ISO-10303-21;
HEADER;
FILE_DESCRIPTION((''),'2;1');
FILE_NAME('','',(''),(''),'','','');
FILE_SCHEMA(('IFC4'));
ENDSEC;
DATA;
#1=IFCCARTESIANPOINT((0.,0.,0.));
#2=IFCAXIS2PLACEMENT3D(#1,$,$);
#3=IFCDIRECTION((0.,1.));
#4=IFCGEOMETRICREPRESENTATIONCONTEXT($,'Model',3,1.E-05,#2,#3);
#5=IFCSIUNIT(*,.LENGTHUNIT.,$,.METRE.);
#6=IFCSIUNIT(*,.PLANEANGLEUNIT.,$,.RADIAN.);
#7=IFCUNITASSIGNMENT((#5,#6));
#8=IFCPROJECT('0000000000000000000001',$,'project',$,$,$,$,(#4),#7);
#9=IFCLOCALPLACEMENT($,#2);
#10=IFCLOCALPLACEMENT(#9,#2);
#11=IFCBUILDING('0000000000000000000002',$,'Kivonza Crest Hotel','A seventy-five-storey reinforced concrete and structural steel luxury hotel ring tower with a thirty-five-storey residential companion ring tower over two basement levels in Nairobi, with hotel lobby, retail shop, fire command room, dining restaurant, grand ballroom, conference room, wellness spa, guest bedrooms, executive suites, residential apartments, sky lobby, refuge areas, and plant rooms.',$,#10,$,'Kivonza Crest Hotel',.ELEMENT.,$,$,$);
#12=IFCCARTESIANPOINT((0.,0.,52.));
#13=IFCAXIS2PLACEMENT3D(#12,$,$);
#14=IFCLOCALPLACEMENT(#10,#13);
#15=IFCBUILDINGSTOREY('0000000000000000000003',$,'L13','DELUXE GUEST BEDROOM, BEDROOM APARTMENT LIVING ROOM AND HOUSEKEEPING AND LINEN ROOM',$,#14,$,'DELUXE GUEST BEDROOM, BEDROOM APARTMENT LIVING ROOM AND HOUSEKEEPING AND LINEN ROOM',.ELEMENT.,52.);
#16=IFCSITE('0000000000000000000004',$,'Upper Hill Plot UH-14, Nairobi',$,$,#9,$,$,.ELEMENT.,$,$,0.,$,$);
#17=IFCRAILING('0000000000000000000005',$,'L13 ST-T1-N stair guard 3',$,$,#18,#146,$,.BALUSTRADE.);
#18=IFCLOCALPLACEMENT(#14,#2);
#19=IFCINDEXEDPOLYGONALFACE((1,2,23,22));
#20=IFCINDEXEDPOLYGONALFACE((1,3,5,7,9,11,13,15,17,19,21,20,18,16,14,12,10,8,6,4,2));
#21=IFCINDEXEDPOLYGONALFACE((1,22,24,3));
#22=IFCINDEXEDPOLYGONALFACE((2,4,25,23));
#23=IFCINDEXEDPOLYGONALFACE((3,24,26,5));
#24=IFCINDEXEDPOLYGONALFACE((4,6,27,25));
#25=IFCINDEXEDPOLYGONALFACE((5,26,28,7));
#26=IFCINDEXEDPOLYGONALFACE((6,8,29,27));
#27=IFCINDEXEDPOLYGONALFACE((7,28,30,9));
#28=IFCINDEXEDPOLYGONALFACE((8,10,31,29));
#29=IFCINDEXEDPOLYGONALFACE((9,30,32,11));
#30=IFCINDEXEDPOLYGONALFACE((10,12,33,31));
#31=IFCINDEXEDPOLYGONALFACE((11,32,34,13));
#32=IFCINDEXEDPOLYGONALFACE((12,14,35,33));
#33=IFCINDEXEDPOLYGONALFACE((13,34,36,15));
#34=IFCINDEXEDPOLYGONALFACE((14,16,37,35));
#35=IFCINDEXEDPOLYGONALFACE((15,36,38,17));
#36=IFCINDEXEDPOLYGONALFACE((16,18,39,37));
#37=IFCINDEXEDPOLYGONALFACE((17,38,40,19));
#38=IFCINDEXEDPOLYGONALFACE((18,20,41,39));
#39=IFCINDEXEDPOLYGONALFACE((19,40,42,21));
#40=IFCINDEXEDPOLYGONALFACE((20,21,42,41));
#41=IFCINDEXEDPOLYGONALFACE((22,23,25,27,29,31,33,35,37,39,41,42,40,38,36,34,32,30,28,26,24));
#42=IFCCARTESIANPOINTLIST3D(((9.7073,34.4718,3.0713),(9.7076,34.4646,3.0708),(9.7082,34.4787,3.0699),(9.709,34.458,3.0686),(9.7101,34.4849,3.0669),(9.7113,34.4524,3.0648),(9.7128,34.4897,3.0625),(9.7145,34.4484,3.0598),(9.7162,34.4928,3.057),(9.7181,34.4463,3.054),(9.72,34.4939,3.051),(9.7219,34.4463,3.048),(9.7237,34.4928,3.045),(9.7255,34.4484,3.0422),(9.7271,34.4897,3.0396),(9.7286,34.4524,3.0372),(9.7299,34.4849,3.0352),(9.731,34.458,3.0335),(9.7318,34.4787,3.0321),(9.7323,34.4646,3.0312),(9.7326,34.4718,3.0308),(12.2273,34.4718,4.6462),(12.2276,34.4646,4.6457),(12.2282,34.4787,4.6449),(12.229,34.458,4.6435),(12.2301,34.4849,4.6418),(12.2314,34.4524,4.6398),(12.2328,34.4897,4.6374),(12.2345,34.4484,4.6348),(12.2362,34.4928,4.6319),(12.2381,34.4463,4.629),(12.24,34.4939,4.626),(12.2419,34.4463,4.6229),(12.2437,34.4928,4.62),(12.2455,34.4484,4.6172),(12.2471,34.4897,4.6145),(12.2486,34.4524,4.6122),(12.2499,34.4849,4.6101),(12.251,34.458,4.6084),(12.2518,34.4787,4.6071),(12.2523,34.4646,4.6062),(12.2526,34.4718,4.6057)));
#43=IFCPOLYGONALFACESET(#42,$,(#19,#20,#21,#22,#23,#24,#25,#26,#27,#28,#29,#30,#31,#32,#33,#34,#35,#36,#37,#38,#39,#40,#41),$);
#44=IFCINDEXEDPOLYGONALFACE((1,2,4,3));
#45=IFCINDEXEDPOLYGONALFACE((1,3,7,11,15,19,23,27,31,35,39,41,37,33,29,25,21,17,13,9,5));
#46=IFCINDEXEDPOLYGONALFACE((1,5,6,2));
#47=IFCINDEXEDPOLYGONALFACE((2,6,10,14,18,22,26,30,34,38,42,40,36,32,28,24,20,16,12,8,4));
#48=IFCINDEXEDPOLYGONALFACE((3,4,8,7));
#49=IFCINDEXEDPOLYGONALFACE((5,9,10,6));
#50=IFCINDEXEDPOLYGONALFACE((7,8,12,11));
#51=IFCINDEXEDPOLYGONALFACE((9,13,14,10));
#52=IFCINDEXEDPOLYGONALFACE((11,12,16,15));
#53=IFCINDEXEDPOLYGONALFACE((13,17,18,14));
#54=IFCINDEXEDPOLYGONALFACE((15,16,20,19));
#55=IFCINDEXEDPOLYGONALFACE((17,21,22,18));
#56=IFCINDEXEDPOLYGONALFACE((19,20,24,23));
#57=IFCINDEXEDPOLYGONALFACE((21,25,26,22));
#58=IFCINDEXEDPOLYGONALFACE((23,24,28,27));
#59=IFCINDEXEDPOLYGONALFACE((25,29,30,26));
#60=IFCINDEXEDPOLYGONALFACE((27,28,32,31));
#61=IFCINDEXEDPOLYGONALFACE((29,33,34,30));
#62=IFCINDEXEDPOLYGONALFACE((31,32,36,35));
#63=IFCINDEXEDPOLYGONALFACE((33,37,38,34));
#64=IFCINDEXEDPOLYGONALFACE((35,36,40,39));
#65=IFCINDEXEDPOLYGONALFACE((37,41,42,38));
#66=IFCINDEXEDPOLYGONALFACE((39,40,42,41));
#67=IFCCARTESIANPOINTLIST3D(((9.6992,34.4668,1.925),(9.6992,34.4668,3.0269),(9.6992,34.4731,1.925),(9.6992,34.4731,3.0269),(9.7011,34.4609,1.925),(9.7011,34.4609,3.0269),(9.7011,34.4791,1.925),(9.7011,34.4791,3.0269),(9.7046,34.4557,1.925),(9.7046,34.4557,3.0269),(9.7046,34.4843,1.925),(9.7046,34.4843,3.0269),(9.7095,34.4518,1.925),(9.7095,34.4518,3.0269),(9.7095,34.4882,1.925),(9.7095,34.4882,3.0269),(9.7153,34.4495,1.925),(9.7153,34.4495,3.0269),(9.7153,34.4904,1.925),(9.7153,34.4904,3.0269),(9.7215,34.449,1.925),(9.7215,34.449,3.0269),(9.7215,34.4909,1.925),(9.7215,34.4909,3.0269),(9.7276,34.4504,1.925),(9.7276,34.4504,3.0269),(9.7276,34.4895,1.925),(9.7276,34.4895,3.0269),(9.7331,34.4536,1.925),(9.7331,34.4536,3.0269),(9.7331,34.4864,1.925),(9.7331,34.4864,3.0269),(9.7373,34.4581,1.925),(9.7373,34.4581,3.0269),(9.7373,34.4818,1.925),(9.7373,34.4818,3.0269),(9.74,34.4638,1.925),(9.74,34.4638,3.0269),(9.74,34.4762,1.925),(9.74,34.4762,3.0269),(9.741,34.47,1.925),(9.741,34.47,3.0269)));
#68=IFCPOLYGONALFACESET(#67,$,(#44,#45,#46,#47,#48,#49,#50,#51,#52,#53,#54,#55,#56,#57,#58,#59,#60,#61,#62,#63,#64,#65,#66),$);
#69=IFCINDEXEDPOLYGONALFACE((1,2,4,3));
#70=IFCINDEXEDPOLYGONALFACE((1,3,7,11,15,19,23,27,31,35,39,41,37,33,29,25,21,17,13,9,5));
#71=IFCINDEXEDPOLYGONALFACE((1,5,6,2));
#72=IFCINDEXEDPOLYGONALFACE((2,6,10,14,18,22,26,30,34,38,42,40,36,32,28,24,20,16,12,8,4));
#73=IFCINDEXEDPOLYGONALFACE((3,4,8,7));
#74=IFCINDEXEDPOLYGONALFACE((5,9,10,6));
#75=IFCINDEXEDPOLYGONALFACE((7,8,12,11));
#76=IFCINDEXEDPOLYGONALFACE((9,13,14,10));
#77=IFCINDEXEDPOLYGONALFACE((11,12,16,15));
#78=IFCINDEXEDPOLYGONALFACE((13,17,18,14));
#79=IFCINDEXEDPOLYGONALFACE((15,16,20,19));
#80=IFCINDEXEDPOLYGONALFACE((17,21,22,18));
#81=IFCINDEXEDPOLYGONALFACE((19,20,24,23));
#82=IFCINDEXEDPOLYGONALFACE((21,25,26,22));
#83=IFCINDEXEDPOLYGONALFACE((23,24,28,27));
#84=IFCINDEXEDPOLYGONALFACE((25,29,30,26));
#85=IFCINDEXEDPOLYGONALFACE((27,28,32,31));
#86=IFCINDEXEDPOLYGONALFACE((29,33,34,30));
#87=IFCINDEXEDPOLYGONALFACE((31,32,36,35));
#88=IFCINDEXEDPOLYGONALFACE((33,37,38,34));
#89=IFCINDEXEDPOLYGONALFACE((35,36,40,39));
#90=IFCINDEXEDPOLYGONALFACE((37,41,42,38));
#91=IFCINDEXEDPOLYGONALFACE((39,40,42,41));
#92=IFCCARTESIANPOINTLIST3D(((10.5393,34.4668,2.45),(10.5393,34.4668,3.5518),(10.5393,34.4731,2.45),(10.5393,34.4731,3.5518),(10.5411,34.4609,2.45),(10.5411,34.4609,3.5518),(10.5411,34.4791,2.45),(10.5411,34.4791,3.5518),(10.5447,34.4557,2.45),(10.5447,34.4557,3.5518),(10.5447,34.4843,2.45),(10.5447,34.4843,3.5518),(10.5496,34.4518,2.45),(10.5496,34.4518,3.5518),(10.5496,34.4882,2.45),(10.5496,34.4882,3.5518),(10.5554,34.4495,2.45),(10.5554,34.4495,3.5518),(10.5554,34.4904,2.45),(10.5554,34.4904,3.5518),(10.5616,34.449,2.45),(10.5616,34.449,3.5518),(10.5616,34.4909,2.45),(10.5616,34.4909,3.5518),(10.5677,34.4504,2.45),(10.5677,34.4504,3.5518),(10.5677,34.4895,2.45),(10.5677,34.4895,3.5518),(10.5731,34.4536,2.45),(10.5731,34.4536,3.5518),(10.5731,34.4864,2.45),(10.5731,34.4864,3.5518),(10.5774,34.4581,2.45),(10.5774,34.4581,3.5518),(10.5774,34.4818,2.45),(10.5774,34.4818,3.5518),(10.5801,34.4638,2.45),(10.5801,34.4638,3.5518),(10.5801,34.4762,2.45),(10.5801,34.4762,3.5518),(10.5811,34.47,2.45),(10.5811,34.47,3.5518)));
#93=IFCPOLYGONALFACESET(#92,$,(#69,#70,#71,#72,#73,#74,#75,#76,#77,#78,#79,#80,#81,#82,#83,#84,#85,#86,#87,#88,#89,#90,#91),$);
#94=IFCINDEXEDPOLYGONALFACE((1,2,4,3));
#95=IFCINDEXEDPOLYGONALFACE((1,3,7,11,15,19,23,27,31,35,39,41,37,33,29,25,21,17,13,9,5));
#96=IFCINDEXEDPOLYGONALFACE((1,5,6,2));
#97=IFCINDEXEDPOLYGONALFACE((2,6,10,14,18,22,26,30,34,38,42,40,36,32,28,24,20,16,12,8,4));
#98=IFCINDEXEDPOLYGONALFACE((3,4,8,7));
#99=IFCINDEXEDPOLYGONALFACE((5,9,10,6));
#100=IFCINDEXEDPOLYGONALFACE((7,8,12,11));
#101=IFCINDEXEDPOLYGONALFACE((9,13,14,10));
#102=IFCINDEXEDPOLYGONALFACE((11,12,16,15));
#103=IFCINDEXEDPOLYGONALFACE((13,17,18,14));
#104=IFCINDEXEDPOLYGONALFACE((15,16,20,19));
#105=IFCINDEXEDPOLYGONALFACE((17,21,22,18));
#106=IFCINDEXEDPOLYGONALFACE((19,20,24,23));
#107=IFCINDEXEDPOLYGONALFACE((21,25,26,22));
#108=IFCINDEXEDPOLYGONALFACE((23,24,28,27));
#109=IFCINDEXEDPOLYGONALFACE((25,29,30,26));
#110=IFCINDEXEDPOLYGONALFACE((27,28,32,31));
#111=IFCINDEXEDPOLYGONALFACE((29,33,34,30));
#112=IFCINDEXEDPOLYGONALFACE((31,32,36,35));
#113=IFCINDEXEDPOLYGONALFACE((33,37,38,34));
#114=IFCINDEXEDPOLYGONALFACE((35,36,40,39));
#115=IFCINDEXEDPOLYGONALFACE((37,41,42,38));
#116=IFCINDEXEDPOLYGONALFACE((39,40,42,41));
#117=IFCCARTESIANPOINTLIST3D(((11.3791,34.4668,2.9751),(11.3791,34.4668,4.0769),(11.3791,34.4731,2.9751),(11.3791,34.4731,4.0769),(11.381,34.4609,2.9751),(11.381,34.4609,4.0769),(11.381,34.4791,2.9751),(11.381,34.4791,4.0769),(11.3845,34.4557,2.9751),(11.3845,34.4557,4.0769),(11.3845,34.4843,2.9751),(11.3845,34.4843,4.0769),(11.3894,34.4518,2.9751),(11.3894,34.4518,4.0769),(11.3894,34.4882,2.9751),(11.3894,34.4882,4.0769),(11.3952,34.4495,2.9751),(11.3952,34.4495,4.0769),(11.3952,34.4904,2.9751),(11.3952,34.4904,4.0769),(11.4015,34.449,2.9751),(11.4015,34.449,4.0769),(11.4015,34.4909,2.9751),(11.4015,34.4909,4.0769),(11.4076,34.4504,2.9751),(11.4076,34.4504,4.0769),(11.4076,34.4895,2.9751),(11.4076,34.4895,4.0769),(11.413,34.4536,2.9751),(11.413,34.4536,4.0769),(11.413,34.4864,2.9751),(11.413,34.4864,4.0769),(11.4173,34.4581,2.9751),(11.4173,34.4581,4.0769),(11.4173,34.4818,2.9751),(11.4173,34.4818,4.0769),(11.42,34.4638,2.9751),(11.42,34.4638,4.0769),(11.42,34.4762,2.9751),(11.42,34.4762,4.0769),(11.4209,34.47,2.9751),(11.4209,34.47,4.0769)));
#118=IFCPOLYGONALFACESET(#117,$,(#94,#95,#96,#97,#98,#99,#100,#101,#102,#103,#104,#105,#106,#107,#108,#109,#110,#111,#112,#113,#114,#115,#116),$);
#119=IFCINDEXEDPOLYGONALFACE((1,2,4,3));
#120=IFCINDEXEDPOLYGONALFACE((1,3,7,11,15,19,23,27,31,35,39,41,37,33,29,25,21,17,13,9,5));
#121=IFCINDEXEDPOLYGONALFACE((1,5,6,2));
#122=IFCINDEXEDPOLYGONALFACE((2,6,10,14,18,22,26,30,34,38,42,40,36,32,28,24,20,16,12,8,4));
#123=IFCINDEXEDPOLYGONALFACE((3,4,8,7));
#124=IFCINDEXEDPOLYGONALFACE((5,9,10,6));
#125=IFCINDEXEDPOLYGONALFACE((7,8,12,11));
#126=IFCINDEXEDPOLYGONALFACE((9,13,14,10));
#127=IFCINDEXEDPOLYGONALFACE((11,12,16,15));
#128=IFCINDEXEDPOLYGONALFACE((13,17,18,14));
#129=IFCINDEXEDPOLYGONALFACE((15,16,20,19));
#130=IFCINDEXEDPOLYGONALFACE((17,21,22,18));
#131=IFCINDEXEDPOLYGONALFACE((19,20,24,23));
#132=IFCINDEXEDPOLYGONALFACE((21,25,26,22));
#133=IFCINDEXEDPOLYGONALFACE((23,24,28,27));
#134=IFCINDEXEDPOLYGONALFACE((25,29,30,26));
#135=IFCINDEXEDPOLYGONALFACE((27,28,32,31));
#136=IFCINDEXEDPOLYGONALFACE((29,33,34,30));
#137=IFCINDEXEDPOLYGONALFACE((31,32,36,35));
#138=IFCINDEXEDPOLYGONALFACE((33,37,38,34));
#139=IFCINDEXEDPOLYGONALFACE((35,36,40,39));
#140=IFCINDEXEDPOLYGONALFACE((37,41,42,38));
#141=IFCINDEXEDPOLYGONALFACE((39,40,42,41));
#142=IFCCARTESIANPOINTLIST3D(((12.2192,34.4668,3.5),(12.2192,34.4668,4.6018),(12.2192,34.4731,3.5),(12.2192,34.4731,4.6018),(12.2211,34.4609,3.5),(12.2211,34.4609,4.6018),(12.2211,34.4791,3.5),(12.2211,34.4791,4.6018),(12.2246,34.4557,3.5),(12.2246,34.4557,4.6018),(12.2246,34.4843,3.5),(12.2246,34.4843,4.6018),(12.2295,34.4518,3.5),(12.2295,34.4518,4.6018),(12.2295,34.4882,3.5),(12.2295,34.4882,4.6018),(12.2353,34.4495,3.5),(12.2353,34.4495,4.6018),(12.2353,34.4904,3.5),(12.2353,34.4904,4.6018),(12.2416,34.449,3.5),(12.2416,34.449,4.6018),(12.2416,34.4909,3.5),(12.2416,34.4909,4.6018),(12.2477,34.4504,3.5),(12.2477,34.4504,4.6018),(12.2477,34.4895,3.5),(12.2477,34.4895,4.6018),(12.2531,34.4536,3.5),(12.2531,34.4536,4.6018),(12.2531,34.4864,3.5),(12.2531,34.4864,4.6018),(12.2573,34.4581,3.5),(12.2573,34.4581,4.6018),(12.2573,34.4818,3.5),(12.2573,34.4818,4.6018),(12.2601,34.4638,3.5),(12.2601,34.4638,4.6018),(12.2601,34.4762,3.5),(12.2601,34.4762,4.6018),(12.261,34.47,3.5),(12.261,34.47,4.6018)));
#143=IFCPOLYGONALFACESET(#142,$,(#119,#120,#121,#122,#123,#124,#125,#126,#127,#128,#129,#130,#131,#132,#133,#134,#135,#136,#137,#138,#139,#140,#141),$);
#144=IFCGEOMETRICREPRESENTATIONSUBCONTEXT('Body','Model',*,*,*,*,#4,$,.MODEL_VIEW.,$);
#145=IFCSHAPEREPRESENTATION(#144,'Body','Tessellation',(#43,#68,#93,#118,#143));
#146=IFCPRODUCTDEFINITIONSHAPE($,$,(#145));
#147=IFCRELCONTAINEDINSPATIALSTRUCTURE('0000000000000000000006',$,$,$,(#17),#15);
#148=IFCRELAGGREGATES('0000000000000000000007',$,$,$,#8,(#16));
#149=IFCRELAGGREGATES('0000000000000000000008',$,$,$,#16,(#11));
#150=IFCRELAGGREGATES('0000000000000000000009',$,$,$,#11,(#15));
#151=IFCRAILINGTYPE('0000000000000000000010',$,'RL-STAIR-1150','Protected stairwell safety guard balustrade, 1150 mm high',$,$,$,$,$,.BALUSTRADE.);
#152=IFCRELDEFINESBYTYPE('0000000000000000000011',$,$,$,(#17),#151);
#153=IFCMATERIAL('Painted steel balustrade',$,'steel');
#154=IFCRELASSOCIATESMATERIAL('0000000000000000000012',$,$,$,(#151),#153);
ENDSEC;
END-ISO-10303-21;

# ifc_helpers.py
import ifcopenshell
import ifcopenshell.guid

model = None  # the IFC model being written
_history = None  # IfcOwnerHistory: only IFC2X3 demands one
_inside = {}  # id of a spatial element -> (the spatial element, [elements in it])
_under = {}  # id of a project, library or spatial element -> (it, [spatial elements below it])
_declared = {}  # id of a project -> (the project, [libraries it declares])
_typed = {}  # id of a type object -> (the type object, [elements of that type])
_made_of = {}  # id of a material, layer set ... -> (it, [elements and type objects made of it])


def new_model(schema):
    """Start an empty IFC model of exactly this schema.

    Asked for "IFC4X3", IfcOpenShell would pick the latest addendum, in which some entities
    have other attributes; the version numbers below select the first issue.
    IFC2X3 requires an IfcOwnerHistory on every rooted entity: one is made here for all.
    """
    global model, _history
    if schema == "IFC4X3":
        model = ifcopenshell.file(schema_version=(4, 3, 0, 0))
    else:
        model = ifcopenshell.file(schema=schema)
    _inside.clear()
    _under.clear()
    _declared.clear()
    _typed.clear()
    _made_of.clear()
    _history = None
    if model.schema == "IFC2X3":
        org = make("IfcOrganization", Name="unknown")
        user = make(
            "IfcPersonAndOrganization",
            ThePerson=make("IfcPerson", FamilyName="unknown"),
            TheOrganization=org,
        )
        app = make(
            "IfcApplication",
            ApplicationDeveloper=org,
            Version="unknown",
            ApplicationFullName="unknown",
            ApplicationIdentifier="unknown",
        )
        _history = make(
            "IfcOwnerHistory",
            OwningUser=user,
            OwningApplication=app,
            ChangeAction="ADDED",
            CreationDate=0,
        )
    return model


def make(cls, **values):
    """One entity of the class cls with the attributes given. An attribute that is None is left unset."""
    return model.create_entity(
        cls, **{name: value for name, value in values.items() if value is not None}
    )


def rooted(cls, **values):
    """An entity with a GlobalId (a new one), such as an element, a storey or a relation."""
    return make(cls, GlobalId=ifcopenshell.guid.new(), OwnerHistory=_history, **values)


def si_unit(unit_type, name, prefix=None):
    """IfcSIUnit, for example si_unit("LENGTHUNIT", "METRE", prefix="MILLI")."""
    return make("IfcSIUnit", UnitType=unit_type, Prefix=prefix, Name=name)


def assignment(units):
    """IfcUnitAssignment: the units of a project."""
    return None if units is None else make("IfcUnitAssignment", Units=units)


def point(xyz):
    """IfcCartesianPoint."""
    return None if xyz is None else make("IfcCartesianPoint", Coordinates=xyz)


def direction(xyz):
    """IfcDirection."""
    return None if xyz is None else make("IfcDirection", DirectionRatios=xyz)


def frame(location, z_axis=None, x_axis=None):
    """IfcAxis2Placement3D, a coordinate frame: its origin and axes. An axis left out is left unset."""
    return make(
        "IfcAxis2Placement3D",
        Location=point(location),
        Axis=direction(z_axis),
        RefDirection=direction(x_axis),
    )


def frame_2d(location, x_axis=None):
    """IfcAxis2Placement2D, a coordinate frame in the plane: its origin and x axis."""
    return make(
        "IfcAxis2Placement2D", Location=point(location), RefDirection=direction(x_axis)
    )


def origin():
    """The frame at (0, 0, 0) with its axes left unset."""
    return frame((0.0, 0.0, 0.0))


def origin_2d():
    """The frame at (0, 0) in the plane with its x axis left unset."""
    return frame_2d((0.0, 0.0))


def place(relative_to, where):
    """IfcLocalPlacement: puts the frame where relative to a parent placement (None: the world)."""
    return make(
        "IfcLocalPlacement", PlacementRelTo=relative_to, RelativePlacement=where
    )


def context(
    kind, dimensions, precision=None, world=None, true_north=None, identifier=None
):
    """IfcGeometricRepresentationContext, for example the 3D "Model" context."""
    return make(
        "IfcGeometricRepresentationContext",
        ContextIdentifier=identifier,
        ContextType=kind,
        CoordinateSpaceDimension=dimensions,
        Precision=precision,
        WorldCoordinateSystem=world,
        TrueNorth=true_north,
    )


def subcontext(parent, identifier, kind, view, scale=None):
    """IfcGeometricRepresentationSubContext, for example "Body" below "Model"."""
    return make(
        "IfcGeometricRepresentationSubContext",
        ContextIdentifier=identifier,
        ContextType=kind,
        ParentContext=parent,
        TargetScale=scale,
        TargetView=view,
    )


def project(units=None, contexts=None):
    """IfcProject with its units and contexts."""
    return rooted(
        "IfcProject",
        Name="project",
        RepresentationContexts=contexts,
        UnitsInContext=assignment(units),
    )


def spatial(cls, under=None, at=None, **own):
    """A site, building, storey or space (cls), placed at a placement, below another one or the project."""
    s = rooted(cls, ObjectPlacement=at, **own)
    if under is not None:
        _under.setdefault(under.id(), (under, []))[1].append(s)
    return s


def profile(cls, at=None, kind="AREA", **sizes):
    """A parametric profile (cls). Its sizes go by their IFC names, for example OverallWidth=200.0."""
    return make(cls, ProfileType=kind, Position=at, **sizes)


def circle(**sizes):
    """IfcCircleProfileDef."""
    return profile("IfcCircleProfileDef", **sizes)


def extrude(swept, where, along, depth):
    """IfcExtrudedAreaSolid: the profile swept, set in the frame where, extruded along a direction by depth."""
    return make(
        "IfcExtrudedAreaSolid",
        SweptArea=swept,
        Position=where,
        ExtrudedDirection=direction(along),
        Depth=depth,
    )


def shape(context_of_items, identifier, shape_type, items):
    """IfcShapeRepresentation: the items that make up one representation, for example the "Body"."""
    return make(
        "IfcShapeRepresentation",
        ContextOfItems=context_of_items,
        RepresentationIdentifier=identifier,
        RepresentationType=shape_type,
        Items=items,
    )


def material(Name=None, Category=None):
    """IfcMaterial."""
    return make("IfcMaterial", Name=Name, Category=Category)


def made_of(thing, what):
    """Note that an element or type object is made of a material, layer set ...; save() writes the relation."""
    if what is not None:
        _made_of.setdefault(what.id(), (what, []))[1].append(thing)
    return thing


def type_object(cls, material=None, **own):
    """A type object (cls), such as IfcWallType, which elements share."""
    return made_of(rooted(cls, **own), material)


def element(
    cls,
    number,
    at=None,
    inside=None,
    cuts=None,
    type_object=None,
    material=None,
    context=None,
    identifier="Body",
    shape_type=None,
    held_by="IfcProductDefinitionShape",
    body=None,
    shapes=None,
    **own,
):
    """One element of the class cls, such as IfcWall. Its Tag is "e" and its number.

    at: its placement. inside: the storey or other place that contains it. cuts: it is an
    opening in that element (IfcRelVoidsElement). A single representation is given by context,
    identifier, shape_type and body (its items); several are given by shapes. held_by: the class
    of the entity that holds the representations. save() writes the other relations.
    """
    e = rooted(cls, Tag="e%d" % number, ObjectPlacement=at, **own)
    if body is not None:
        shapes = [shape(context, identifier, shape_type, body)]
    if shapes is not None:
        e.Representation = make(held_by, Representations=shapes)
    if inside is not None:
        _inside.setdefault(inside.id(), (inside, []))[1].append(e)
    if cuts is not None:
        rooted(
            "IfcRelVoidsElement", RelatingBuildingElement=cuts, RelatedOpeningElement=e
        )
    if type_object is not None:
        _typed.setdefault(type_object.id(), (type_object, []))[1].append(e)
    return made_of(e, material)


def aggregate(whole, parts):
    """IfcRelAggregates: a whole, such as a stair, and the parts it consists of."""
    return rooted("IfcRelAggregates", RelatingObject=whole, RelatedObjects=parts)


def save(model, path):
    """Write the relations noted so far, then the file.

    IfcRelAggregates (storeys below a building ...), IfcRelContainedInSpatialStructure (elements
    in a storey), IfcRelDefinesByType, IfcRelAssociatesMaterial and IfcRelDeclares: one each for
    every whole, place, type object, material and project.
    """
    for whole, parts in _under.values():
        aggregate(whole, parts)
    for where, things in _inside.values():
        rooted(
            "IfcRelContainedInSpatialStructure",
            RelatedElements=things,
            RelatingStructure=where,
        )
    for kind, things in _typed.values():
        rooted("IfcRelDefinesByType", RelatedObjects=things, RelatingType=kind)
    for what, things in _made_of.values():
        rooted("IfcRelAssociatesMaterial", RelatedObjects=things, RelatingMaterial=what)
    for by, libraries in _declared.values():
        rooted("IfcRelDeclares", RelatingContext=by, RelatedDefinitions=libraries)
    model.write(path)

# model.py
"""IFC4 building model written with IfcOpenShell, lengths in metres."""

from ifc_helpers import new_model, si_unit, direction, frame, origin, origin_2d, place, context, subcontext, project, spatial, circle, extrude, material, type_object, element, save


model = new_model("IFC4")

# Units and contexts
model_context = context("Model", 3, precision=1e-05, world=origin(), true_north=direction((0.0, 1.0)))
body_context = subcontext(model_context, "Body", "Model", "MODEL_VIEW")
ifc_project = project(units=[si_unit("LENGTHUNIT", "METRE"), si_unit("PLANEANGLEUNIT", "RADIAN")], contexts=[model_context])

# Site, building, storey
site_placement = place(None, origin())
site = spatial("IfcSite", under=ifc_project, at=site_placement, Name="Upper Hill Plot UH-14, Nairobi", CompositionType="ELEMENT", RefElevation=0.0)
building_placement = place(site_placement, origin())
building = spatial("IfcBuilding", under=site, at=building_placement, Name="Kivonza Crest Hotel", Description="A seventy-five-storey reinforced concrete and structural steel luxury hotel ring tower with a thirty-five-storey residential companion ring tower over two basement levels in Nairobi, with hotel lobby, retail shop, fire command room, dining restaurant, grand ballroom, conference room, wellness spa, guest bedrooms, executive suites, residential apartments, sky lobby, refuge areas, and plant rooms.", LongName="Kivonza Crest Hotel", CompositionType="ELEMENT")
storey_placement = place(building_placement, frame((0.0, 0.0, 52.0)))
storey = spatial("IfcBuildingStorey", under=building, at=storey_placement, Name="L13", Description="DELUXE GUEST BEDROOM, BEDROOM APARTMENT LIVING ROOM AND HOUSEKEEPING AND LINEN ROOM", LongName="DELUXE GUEST BEDROOM, BEDROOM APARTMENT LIVING ROOM AND HOUSEKEEPING AND LINEN ROOM", CompositionType="ELEMENT", Elevation=52.0)

# Railing
ifc_material_1 = material(Name="Painted steel balustrade", Category="steel")
railing_type_1 = type_object("IfcRailingType", Name="RL-STAIR-1150", Description="Protected stairwell safety guard balustrade, 1150 mm high", PredefinedType="BALUSTRADE", material=ifc_material_1)
railing_1_placement = place(storey_placement, frame((9.72, 34.47, 1.925)))
element("IfcRailing", 1, at=railing_1_placement, inside=storey, type_object=railing_type_1, Name="L13 ST-T1-N stair guard 3", PredefinedType="BALUSTRADE", context=body_context, shape_type="SweptSolid", body=[
    extrude(circle(Radius=0.0239, at=origin_2d()), frame((0.0, 0.0, 1.126), z_axis=(0.848008, 0.0, 0.529984), x_axis=(0.0, 1.0, 0.0)), (0.0, 0.0, 1.0), 2.9717),
    extrude(circle(Radius=0.021, at=origin_2d()), origin(), (0.0, 0.0, 1.0), 1.1018),
    extrude(circle(Radius=0.021, at=origin_2d()), frame((0.8401, 0.0, 0.5249)), (0.0, 0.0, 1.0), 1.1018),
    extrude(circle(Radius=0.021, at=origin_2d()), frame((1.6799, 0.0, 1.05)), (0.0, 0.0, 1.0), 1.1018),
    extrude(circle(Radius=0.021, at=origin_2d()), frame((2.52, 0.0, 1.575)), (0.0, 0.0, 1.0), 1.1018),
])

save(model, "model.ifc")
